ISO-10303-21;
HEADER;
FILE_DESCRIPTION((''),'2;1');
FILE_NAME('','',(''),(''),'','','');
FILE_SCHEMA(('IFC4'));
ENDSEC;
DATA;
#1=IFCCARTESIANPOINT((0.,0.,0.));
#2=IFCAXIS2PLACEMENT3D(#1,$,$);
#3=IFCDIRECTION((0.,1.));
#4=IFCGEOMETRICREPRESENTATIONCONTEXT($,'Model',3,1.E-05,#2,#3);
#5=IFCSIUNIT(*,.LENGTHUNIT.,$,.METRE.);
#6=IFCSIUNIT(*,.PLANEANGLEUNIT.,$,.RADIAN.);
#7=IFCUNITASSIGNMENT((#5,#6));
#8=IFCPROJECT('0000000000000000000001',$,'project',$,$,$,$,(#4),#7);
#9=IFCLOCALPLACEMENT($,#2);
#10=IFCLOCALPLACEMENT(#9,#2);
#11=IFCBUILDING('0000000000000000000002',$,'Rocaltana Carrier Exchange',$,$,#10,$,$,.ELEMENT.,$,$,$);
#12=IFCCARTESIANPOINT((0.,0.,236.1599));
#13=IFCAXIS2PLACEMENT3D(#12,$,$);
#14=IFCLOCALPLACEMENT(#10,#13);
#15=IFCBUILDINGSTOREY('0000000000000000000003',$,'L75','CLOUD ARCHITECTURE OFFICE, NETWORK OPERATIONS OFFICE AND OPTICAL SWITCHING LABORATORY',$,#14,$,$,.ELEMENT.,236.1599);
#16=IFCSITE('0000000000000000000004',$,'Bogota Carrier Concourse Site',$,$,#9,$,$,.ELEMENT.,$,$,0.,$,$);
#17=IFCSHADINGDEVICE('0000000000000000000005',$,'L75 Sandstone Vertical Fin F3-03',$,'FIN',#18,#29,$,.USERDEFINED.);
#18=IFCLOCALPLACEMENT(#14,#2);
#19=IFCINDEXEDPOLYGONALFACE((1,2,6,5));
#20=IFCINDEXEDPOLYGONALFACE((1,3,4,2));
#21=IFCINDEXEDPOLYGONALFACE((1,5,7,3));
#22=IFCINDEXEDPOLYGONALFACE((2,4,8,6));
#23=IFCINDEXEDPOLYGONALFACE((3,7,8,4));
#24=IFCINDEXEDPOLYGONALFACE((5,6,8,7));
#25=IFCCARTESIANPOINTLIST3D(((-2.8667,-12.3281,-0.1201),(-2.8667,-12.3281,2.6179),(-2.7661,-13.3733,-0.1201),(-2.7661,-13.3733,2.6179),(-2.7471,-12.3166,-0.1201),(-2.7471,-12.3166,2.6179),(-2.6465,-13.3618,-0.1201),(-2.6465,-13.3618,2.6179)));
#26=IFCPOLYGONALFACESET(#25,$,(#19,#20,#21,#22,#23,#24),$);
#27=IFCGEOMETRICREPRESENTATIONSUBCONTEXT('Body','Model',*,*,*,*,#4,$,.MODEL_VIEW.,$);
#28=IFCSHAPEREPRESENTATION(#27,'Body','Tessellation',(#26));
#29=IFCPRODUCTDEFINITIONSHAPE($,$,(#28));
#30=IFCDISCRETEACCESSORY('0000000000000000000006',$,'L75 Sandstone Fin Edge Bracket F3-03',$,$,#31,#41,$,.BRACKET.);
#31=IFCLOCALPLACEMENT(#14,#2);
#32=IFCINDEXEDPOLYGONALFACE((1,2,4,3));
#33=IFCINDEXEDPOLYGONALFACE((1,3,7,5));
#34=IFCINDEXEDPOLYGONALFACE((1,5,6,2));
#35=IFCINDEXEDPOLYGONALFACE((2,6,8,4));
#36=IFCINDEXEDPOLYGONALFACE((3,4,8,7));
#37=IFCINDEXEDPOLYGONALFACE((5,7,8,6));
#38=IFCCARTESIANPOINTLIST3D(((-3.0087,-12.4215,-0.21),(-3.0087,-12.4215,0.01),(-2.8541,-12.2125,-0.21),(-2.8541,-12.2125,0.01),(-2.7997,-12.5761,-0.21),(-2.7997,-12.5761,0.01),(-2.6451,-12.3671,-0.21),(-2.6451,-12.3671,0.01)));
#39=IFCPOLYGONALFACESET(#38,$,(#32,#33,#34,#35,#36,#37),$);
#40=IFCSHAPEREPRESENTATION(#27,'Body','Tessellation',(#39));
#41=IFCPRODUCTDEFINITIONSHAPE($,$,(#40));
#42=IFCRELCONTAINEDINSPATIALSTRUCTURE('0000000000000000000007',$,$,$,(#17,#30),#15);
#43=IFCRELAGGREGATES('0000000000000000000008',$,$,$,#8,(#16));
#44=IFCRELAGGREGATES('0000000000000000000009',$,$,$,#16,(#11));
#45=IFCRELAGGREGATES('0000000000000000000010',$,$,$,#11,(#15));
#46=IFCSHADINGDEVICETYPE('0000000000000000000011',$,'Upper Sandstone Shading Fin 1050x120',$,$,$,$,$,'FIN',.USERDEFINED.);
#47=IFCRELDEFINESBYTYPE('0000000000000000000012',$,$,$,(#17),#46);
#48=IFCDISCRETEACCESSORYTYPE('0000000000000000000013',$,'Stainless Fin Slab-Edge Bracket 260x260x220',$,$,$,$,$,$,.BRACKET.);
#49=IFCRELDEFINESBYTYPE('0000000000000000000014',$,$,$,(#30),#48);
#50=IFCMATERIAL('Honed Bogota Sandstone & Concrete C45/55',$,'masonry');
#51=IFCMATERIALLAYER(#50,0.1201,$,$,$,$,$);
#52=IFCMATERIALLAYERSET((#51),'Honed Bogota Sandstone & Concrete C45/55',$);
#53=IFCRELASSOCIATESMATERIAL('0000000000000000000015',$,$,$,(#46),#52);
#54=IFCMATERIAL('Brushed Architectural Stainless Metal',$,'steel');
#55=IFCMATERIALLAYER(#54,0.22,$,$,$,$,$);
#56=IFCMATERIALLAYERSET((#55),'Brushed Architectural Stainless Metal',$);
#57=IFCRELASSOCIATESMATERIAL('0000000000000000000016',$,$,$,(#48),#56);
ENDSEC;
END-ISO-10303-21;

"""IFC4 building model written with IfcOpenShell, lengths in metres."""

from ifc_helpers import new_model, si_unit, direction, frame, origin, origin_2d, place, context, subcontext, project, spatial, rectangle, extrude, material, layer, layer_set, type_object, element, save


model = new_model("IFC4")

# Units and contexts
model_context = context("Model", 3, precision=1e-05, world=origin(), true_north=direction((0.0, 1.0)))
body_context = subcontext(model_context, "Body", "Model", "MODEL_VIEW")
ifc_project = project(units=[si_unit("LENGTHUNIT", "METRE"), si_unit("PLANEANGLEUNIT", "RADIAN")], contexts=[model_context])

# Site, building, storey
site_placement = place(None, origin())
site = spatial("IfcSite", under=ifc_project, at=site_placement, Name="Bogota Carrier Concourse Site", CompositionType="ELEMENT", RefElevation=0.0)
building_placement = place(site_placement, origin())
building = spatial("IfcBuilding", under=site, at=building_placement, Name="Rocaltana Carrier Exchange", CompositionType="ELEMENT")
storey_placement = place(building_placement, frame((0.0, 0.0, 236.1599)))
storey = spatial("IfcBuildingStorey", under=building, at=storey_placement, Name="L75", Description="CLOUD ARCHITECTURE OFFICE, NETWORK OPERATIONS OFFICE AND OPTICAL SWITCHING LABORATORY", CompositionType="ELEMENT", Elevation=236.1599)

# Shading device
ifc_material_1 = material(Name="Honed Bogota Sandstone & Concrete C45/55", Category="masonry")
ifc_layer_1 = layer(ifc_material_1, 0.1201)
ifc_layer_set_1 = layer_set([ifc_layer_1], Name="Honed Bogota Sandstone & Concrete C45/55")
shading_device_type = type_object("IfcShadingDeviceType", Name="Upper Sandstone Shading Fin 1050x120", ElementType="FIN", PredefinedType="USERDEFINED", material=ifc_layer_set_1)
shading_device_placement = place(storey_placement, frame((-2.7566, -12.845, -0.1201), z_axis=(0.0, 0.0, 1.0), x_axis=(0.095846, -0.995396, 0.0)))
element("IfcShadingDevice", 1, at=shading_device_placement, inside=storey, type_object=shading_device_type, Name="L75 Sandstone Vertical Fin F3-03", ObjectType="FIN", PredefinedType="USERDEFINED", context=body_context, shape_type="SweptSolid", body=[
    extrude(rectangle(XDim=1.05, YDim=0.1201, at=origin_2d()), origin(), (0.0, 0.0, 1.0), 2.738),
])

# Discrete accessory
ifc_material_2 = material(Name="Brushed Architectural Stainless Metal", Category="steel")
ifc_layer_2 = layer(ifc_material_2, 0.22)
ifc_layer_set_2 = layer_set([ifc_layer_2], Name="Brushed Architectural Stainless Metal")
discrete_accessory_type = type_object("IfcDiscreteAccessoryType", Name="Stainless Fin Slab-Edge Bracket 260x260x220", PredefinedType="BRACKET", material=ifc_layer_set_2)
discrete_accessory_placement = place(storey_placement, frame((-2.8269, -12.3943, -0.21), z_axis=(0.0, 0.0, 1.0), x_axis=(0.803857, -0.594823, 0.0)))
element("IfcDiscreteAccessory", 2, at=discrete_accessory_placement, inside=storey, type_object=discrete_accessory_type, Name="L75 Sandstone Fin Edge Bracket F3-03", PredefinedType="BRACKET", context=body_context, shape_type="SweptSolid", body=[
    extrude(rectangle(XDim=0.26, YDim=0.26, at=origin_2d()), origin(), (0.0, 0.0, 1.0), 0.22),
])

save(model, "model.ifc")
